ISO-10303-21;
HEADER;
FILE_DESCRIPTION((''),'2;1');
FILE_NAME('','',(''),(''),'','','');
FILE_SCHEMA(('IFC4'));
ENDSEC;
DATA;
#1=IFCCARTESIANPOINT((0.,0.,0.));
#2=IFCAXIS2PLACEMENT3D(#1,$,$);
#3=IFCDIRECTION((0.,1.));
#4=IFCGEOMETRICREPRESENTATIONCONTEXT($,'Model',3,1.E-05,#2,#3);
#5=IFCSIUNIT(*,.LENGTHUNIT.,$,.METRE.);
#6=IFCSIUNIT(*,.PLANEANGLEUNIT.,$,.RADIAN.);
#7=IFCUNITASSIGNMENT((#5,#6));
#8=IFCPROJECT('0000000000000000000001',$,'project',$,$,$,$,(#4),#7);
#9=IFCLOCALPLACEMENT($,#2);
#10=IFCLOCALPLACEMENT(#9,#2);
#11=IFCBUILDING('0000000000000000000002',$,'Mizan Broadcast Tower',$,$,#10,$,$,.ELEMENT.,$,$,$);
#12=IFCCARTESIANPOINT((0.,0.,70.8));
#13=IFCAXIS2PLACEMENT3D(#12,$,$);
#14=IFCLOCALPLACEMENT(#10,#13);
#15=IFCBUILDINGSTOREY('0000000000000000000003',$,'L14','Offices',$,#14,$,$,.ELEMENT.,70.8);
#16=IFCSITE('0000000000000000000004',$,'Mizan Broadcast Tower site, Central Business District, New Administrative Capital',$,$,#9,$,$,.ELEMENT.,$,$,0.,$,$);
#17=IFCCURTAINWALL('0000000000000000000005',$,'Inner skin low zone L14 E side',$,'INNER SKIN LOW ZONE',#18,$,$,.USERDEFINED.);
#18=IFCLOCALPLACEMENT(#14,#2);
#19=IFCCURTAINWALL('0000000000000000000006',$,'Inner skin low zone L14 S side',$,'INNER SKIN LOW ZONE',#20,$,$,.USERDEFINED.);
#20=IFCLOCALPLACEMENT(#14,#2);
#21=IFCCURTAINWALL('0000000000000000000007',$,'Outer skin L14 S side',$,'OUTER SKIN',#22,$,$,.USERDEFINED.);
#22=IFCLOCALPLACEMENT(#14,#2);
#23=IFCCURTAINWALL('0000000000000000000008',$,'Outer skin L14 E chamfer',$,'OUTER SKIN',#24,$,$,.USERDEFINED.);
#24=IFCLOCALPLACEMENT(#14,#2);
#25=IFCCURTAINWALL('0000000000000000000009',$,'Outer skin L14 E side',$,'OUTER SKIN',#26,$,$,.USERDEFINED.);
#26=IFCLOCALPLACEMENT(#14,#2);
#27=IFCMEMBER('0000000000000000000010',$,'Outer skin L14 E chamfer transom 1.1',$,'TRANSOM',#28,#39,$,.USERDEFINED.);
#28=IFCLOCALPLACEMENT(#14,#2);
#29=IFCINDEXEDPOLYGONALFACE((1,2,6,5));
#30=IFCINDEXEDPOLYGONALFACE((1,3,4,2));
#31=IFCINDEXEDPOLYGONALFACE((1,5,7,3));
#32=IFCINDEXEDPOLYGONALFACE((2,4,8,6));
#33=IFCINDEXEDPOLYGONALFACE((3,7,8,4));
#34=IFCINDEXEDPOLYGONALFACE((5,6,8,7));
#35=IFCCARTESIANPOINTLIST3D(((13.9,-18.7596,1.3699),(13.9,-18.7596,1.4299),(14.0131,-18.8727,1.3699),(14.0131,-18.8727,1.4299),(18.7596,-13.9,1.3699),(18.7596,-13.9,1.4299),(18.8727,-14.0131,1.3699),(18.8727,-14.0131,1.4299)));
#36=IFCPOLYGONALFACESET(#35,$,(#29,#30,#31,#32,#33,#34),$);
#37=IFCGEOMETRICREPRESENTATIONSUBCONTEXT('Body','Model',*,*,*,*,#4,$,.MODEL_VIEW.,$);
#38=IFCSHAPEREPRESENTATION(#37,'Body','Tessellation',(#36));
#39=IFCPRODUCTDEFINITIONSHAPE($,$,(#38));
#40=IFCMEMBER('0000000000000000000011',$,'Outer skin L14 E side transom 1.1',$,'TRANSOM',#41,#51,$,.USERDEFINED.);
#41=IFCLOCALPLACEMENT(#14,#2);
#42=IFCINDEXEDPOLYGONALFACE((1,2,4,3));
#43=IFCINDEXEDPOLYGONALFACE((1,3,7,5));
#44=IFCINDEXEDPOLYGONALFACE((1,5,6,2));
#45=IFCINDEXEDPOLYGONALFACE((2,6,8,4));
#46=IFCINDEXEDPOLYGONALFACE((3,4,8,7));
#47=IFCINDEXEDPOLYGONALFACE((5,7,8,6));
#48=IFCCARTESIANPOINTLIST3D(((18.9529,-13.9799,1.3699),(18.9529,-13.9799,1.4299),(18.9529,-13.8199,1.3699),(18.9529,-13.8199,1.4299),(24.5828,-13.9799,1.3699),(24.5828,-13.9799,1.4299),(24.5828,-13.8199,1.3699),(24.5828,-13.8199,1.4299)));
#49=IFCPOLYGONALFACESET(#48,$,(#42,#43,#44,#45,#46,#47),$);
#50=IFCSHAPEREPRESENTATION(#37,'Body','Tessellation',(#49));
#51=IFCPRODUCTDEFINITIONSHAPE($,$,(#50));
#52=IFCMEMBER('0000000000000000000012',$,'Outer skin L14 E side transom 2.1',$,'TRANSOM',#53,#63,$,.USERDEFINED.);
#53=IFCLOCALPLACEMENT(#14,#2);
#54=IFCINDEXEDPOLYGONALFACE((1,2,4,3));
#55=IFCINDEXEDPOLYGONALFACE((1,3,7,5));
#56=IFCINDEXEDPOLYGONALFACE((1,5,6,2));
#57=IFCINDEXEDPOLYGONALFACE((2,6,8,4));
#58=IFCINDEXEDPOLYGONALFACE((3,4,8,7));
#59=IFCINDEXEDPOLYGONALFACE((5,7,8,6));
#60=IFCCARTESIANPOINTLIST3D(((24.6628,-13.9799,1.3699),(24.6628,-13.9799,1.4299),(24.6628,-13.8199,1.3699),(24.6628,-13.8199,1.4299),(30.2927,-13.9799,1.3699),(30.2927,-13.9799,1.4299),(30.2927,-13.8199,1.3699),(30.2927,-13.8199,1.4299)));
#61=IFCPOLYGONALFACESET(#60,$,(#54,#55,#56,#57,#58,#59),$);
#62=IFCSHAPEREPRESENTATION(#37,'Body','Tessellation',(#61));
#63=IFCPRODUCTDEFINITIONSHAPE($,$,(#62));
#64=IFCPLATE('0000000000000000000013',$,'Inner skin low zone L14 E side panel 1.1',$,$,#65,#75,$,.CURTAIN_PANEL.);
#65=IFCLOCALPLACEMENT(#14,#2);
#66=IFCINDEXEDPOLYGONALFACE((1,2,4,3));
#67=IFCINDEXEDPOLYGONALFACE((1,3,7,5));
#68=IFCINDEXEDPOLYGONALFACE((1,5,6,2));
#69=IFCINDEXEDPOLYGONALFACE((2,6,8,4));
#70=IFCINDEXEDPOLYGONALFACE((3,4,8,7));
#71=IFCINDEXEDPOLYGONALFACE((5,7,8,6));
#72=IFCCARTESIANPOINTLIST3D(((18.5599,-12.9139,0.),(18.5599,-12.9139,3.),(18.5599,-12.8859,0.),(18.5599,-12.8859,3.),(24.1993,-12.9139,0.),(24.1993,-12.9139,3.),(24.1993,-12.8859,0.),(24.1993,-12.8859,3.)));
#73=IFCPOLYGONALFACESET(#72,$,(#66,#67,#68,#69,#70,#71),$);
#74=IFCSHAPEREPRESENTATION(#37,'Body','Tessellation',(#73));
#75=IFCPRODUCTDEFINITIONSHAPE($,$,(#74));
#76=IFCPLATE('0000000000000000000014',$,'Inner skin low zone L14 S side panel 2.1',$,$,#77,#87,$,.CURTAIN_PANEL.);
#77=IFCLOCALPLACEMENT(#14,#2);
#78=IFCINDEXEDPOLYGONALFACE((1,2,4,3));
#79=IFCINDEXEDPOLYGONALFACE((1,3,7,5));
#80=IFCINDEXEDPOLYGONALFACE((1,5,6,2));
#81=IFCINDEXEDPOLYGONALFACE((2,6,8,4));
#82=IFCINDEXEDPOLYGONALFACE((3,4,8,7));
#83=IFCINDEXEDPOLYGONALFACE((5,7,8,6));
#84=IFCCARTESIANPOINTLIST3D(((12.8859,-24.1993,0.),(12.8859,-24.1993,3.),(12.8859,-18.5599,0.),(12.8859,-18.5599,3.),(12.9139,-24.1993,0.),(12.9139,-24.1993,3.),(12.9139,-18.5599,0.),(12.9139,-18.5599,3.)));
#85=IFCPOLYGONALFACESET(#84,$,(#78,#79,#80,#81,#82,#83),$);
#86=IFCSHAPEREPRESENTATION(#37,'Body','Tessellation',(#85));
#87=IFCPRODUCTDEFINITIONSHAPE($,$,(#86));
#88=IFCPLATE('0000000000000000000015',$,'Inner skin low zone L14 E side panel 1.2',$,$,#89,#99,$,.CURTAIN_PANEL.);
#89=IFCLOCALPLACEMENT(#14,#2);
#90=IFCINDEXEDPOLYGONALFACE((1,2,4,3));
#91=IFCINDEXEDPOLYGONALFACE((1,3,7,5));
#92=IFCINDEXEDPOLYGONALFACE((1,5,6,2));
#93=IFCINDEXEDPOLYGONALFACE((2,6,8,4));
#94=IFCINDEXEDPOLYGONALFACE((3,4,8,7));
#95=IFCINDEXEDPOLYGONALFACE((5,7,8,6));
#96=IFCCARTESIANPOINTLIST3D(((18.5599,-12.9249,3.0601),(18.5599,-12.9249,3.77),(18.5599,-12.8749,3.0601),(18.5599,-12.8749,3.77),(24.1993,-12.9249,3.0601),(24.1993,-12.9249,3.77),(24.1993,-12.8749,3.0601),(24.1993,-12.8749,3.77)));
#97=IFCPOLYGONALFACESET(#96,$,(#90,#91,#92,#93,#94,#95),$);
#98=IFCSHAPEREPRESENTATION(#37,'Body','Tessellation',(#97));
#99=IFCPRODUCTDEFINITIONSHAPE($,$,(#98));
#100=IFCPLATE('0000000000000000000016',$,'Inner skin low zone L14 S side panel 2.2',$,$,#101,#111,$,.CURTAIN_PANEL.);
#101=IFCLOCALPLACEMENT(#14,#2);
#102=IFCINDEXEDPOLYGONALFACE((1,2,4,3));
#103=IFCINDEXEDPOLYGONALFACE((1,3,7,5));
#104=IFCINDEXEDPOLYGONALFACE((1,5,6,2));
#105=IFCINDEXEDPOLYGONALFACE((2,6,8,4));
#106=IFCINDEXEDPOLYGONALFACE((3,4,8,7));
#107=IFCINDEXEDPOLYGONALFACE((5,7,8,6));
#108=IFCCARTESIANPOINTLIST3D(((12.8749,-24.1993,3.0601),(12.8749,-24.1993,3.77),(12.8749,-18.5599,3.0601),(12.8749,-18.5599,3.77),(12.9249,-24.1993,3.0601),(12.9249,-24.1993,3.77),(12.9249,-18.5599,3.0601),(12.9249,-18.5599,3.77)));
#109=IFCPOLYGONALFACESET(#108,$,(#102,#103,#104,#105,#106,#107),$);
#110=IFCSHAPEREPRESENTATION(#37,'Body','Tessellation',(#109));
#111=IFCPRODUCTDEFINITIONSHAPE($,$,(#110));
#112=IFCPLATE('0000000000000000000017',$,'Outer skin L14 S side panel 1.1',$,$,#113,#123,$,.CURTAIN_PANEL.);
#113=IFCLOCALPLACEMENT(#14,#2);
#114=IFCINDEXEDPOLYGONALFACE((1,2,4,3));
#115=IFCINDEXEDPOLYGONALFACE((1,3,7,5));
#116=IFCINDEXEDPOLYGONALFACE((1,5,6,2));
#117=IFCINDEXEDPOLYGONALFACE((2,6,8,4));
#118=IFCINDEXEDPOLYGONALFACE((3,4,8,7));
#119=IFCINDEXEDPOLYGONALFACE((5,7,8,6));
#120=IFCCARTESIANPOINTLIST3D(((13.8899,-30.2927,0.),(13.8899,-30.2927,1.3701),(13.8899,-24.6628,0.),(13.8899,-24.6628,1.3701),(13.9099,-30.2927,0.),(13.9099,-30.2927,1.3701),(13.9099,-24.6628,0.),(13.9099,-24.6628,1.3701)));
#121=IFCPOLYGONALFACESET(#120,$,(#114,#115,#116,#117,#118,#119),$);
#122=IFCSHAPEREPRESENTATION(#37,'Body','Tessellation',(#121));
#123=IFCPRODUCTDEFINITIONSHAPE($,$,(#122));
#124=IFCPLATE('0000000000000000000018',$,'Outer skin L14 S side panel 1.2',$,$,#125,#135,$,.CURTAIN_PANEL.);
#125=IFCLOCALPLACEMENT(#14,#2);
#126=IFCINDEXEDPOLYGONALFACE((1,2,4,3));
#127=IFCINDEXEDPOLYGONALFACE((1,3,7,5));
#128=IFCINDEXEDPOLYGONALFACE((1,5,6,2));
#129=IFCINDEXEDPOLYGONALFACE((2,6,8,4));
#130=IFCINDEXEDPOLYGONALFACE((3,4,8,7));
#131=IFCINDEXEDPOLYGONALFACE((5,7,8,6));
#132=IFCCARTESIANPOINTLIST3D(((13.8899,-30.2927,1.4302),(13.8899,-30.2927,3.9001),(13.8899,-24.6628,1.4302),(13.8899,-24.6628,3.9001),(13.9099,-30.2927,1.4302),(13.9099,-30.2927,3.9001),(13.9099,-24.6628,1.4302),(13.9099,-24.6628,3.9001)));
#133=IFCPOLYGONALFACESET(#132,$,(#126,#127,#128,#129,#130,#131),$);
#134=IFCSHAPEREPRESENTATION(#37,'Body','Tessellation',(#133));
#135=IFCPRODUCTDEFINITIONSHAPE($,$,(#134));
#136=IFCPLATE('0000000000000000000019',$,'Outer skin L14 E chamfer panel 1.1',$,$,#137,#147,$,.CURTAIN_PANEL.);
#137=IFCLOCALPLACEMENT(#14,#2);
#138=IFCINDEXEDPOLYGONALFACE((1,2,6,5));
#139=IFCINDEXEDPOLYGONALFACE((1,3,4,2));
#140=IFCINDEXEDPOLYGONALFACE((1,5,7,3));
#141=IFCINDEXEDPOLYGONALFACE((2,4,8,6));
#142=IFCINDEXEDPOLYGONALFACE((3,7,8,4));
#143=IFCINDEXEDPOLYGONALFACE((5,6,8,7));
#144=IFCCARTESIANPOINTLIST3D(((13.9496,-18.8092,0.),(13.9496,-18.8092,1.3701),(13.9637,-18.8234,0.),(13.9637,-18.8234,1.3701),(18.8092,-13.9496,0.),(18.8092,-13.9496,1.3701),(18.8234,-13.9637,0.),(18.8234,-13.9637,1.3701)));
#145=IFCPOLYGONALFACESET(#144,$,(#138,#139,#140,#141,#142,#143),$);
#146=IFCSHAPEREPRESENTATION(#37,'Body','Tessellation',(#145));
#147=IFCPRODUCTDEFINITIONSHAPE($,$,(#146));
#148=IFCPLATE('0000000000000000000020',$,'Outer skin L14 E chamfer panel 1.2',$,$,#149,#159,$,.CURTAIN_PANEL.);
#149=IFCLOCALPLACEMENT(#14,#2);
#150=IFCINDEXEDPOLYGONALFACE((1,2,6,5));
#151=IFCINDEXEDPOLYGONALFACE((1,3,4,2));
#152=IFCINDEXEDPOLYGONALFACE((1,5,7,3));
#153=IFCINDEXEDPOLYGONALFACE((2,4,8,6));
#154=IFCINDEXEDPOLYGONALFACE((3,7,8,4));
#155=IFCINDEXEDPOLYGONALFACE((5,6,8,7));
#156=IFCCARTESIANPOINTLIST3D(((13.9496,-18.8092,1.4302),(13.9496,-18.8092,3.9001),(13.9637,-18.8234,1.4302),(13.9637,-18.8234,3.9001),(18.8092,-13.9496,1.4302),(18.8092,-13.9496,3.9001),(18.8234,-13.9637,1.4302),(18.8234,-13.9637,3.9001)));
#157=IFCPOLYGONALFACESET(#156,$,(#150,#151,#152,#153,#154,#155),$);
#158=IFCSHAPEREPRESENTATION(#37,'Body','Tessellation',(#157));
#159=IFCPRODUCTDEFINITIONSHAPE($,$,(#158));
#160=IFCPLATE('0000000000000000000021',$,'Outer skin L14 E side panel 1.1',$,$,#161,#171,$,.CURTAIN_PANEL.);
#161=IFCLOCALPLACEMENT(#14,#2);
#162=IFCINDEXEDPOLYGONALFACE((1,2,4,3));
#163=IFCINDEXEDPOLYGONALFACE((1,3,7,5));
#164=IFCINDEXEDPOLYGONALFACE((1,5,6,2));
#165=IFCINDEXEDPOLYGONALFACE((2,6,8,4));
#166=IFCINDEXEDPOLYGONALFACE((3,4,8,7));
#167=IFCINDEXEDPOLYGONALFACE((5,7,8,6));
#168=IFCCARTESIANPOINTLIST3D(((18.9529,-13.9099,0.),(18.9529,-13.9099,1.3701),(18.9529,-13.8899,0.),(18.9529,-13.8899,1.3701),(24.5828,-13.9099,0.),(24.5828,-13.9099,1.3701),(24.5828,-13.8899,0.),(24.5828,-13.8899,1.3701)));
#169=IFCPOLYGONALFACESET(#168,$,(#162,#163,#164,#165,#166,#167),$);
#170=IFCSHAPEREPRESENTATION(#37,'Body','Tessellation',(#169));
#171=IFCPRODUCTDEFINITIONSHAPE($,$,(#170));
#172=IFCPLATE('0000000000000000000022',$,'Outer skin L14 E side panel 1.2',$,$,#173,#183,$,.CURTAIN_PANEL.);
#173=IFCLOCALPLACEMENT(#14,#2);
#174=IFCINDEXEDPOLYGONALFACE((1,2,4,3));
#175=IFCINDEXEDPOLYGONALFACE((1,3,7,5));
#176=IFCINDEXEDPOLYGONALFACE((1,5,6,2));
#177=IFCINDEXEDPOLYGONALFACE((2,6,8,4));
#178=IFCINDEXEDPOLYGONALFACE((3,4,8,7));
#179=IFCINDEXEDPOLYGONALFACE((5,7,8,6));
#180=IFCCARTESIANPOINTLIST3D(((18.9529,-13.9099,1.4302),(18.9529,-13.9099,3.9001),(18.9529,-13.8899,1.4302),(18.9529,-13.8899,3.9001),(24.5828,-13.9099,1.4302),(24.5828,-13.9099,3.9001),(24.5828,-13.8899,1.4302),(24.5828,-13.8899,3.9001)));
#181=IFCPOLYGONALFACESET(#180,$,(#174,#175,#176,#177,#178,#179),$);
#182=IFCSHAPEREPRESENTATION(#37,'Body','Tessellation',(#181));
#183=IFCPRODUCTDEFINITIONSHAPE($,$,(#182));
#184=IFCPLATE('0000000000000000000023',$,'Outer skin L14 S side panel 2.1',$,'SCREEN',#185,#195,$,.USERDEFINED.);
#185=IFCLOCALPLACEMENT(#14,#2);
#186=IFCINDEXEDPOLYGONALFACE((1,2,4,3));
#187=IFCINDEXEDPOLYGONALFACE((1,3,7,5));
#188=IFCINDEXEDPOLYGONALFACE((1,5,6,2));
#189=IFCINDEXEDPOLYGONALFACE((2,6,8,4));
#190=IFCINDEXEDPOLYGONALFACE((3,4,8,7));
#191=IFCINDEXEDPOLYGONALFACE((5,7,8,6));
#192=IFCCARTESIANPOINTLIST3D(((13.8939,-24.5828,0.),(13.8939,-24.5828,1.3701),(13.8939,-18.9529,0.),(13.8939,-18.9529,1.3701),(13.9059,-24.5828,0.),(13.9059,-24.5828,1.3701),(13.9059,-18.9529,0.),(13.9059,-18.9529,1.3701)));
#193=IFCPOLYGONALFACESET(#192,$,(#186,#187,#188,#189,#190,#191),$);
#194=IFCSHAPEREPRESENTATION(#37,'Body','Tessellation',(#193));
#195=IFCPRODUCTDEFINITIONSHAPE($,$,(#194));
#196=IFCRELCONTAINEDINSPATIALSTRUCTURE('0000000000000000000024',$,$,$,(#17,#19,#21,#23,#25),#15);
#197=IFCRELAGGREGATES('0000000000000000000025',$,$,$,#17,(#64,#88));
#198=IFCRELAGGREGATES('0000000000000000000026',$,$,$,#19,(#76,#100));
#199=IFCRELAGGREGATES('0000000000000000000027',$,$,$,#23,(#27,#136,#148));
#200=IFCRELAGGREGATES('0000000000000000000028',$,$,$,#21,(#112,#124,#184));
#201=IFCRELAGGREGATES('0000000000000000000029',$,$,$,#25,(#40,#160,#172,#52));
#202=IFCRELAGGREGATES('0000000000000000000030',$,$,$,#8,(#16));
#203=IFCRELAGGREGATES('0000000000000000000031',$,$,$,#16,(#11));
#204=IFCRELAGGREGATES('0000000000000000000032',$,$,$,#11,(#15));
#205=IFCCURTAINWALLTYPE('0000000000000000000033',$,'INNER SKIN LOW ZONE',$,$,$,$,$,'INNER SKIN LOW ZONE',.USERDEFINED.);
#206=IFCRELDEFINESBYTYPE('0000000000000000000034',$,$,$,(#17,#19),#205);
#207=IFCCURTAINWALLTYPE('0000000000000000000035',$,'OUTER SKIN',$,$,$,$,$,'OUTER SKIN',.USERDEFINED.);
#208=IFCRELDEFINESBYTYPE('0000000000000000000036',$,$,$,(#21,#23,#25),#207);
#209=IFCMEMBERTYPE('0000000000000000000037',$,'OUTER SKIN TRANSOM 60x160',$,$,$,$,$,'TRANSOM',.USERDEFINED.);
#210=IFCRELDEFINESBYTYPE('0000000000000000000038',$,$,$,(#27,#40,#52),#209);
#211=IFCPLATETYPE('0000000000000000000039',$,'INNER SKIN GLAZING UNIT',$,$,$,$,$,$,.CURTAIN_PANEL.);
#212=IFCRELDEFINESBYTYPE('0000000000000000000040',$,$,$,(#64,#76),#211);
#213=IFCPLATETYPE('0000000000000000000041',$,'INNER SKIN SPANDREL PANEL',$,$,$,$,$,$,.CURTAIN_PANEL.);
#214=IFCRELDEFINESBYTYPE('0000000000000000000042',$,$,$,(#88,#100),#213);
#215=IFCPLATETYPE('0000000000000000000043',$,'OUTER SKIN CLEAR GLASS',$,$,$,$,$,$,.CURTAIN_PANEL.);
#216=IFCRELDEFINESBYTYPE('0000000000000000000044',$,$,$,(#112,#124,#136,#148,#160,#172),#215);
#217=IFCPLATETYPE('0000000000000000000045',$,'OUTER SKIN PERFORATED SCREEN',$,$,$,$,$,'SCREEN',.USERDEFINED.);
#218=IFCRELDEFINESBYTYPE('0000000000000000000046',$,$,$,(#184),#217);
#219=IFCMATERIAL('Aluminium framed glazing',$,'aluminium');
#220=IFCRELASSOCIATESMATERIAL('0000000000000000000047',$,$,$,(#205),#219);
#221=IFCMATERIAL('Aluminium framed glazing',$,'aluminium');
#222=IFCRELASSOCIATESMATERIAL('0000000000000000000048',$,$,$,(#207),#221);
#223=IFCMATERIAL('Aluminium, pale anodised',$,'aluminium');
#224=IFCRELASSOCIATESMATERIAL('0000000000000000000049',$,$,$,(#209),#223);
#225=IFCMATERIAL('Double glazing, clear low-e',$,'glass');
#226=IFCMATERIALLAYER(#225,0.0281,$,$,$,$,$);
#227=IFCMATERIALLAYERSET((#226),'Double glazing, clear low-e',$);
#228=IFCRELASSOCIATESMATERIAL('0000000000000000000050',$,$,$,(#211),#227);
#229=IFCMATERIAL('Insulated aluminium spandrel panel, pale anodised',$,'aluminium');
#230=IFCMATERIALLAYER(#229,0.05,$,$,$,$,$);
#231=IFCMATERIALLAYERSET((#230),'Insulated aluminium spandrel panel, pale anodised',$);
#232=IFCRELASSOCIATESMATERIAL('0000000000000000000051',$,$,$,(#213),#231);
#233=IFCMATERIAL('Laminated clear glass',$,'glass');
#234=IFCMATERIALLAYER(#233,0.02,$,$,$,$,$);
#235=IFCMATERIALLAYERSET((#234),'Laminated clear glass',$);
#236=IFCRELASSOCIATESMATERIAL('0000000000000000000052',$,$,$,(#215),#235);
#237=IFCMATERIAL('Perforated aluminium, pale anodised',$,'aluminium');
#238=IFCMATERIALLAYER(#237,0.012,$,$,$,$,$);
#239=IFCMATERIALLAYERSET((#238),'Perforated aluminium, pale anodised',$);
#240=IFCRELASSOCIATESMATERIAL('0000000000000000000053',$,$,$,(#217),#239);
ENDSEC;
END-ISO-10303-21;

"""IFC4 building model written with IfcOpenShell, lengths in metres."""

from ifc_helpers import new_model, si_unit, direction, frame, origin, origin_2d, place, context, subcontext, project, spatial, rectangle, extrude, material, layer, layer_set, material_profile, profile_set, type_object, element, aggregate, save


model = new_model("IFC4")

# Units and contexts
model_context = context("Model", 3, precision=1e-05, world=origin(), true_north=direction((0.0, 1.0)))
body_context = subcontext(model_context, "Body", "Model", "MODEL_VIEW")
ifc_project = project(units=[si_unit("LENGTHUNIT", "METRE"), si_unit("PLANEANGLEUNIT", "RADIAN")], contexts=[model_context])

# Site, building, storey
site_placement = place(None, origin())
site = spatial("IfcSite", under=ifc_project, at=site_placement, Name="Mizan Broadcast Tower site, Central Business District, New Administrative Capital", CompositionType="ELEMENT", RefElevation=0.0)
building_placement = place(site_placement, origin())
building = spatial("IfcBuilding", under=site, at=building_placement, Name="Mizan Broadcast Tower", CompositionType="ELEMENT")
storey_placement = place(building_placement, frame((0.0, 0.0, 70.8)))
storey = spatial("IfcBuildingStorey", under=building, at=storey_placement, Name="L14", Description="Offices", CompositionType="ELEMENT", Elevation=70.8)

# Curtain walls
ifc_material_1 = material(Name="Aluminium framed glazing", Category="aluminium")
curtain_wall_type_1 = type_object("IfcCurtainWallType", Name="INNER SKIN LOW ZONE", ElementType="INNER SKIN LOW ZONE", PredefinedType="USERDEFINED", material=ifc_material_1)
curtain_wall_1_placement = place(storey_placement, origin())
curtain_wall_1 = element("IfcCurtainWall", 1, at=curtain_wall_1_placement, inside=storey, type_object=curtain_wall_type_1, Name="Inner skin low zone L14 E side", ObjectType="INNER SKIN LOW ZONE", PredefinedType="USERDEFINED")
curtain_wall_2_placement = place(storey_placement, origin())
curtain_wall_2 = element("IfcCurtainWall", 2, at=curtain_wall_2_placement, inside=storey, type_object=curtain_wall_type_1, Name="Inner skin low zone L14 S side", ObjectType="INNER SKIN LOW ZONE", PredefinedType="USERDEFINED")

# Shared definitions
ifc_material_2 = material(Name="Aluminium framed glazing", Category="aluminium")
curtain_wall_type_2 = type_object("IfcCurtainWallType", Name="OUTER SKIN", ElementType="OUTER SKIN", PredefinedType="USERDEFINED", material=ifc_material_2)

# Curtain wall
curtain_wall_3_placement = place(storey_placement, origin())
curtain_wall_3 = element("IfcCurtainWall", 3, at=curtain_wall_3_placement, inside=storey, type_object=curtain_wall_type_2, Name="Outer skin L14 S side", ObjectType="OUTER SKIN", PredefinedType="USERDEFINED")

# Curtain wall
curtain_wall_4_placement = place(storey_placement, origin())
curtain_wall_4 = element("IfcCurtainWall", 4, at=curtain_wall_4_placement, inside=storey, type_object=curtain_wall_type_2, Name="Outer skin L14 E chamfer", ObjectType="OUTER SKIN", PredefinedType="USERDEFINED")

# Curtain wall
curtain_wall_5_placement = place(storey_placement, origin())
curtain_wall_5 = element("IfcCurtainWall", 5, at=curtain_wall_5_placement, inside=storey, type_object=curtain_wall_type_2, Name="Outer skin L14 E side", ObjectType="OUTER SKIN", PredefinedType="USERDEFINED")

# Shared definitions
ifc_material_3 = material(Name="Aluminium, pale anodised", Category="aluminium")
ifc_material_profile_1 = material_profile(ifc_material_3, rectangle(XDim=0.1599, YDim=0.0601, at=origin_2d()), Name="TRANSOM 160x60")
ifc_profile_set_1 = profile_set([ifc_material_profile_1], Name="Aluminium, pale anodised")
member_type_1 = type_object("IfcMemberType", Name="OUTER SKIN TRANSOM 60x160", ElementType="TRANSOM", PredefinedType="USERDEFINED", material=ifc_profile_set_1)

# Members
member_1_placement = place(storey_placement, frame((13.9565, -18.8162, 1.3999), z_axis=(0.707107, 0.707107, 0.0), x_axis=(-0.707107, 0.707107, 0.0)))
member_1 = element("IfcMember", 6, at=member_1_placement, type_object=member_type_1, Name="Outer skin L14 E chamfer transom 1.1", ObjectType="TRANSOM", PredefinedType="USERDEFINED", context=body_context, shape_type="SweptSolid", body=[
    extrude(rectangle(XDim=0.1599, YDim=0.0601, at=origin_2d()), origin(), (0.0, 0.0, 1.0), 6.8726),
])
member_2_placement = place(storey_placement, frame((18.9529, -13.8999, 1.3999), z_axis=(1.0, 0.0, 0.0), x_axis=(0.0, 1.0, 0.0)))
member_2 = element("IfcMember", 7, at=member_2_placement, type_object=member_type_1, Name="Outer skin L14 E side transom 1.1", ObjectType="TRANSOM", PredefinedType="USERDEFINED", context=body_context, shape_type="SweptSolid", body=[
    extrude(rectangle(XDim=0.1599, YDim=0.0601, at=origin_2d()), origin(), (0.0, 0.0, 1.0), 5.6299),
])
member_3_placement = place(storey_placement, frame((24.6628, -13.8999, 1.3999), z_axis=(1.0, 0.0, 0.0), x_axis=(0.0, 1.0, 0.0)))
member_3 = element("IfcMember", 8, at=member_3_placement, type_object=member_type_1, Name="Outer skin L14 E side transom 2.1", ObjectType="TRANSOM", PredefinedType="USERDEFINED", context=body_context, shape_type="SweptSolid", body=[
    extrude(rectangle(XDim=0.1599, YDim=0.0601, at=origin_2d()), origin(), (0.0, 0.0, 1.0), 5.6299),
])

# Plates
ifc_material_4 = material(Name="Double glazing, clear low-e", Category="glass")
ifc_layer_1 = layer(ifc_material_4, 0.0281)
ifc_layer_set_1 = layer_set([ifc_layer_1], Name="Double glazing, clear low-e")
plate_type_1 = type_object("IfcPlateType", Name="INNER SKIN GLAZING UNIT", PredefinedType="CURTAIN_PANEL", material=ifc_layer_set_1)
plate_1_placement = place(storey_placement, frame((21.3796, -12.8999, 0.0), z_axis=(0.0, 0.0, 1.0), x_axis=(1.0, 0.0, 0.0)))
plate_1 = element("IfcPlate", 9, at=plate_1_placement, type_object=plate_type_1, Name="Inner skin low zone L14 E side panel 1.1", PredefinedType="CURTAIN_PANEL", context=body_context, shape_type="SweptSolid", body=[
    extrude(rectangle(XDim=5.6394, YDim=0.0281, at=origin_2d()), origin(), (0.0, 0.0, 1.0), 3.0),
])
plate_2_placement = place(storey_placement, frame((12.8999, -21.3796, 0.0), z_axis=(0.0, 0.0, 1.0), x_axis=(0.0, 1.0, 0.0)))
plate_2 = element("IfcPlate", 10, at=plate_2_placement, type_object=plate_type_1, Name="Inner skin low zone L14 S side panel 2.1", PredefinedType="CURTAIN_PANEL", context=body_context, shape_type="SweptSolid", body=[
    extrude(rectangle(XDim=5.6394, YDim=0.0281, at=origin_2d()), origin(), (0.0, 0.0, 1.0), 3.0),
])
ifc_material_5 = material(Name="Insulated aluminium spandrel panel, pale anodised", Category="aluminium")
ifc_layer_2 = layer(ifc_material_5, 0.05)
ifc_layer_set_2 = layer_set([ifc_layer_2], Name="Insulated aluminium spandrel panel, pale anodised")
plate_type_2 = type_object("IfcPlateType", Name="INNER SKIN SPANDREL PANEL", PredefinedType="CURTAIN_PANEL", material=ifc_layer_set_2)
plate_3_placement = place(storey_placement, frame((21.3796, -12.8999, 3.0601), z_axis=(0.0, 0.0, 1.0), x_axis=(1.0, 0.0, 0.0)))
plate_3 = element("IfcPlate", 11, at=plate_3_placement, type_object=plate_type_2, Name="Inner skin low zone L14 E side panel 1.2", PredefinedType="CURTAIN_PANEL", context=body_context, shape_type="SweptSolid", body=[
    extrude(rectangle(XDim=5.6394, YDim=0.05, at=origin_2d()), origin(), (0.0, 0.0, 1.0), 0.71),
])
aggregate(curtain_wall_1, [plate_1, plate_3])
plate_4_placement = place(storey_placement, frame((12.8999, -21.3796, 3.0601), z_axis=(0.0, 0.0, 1.0), x_axis=(0.0, 1.0, 0.0)))
plate_4 = element("IfcPlate", 12, at=plate_4_placement, type_object=plate_type_2, Name="Inner skin low zone L14 S side panel 2.2", PredefinedType="CURTAIN_PANEL", context=body_context, shape_type="SweptSolid", body=[
    extrude(rectangle(XDim=5.6394, YDim=0.05, at=origin_2d()), origin(), (0.0, 0.0, 1.0), 0.71),
])
aggregate(curtain_wall_2, [plate_2, plate_4])
ifc_material_6 = material(Name="Laminated clear glass", Category="glass")
ifc_layer_3 = layer(ifc_material_6, 0.02)
ifc_layer_set_3 = layer_set([ifc_layer_3], Name="Laminated clear glass")
plate_type_3 = type_object("IfcPlateType", Name="OUTER SKIN CLEAR GLASS", PredefinedType="CURTAIN_PANEL", material=ifc_layer_set_3)
plate_5_placement = place(storey_placement, frame((13.8999, -27.4778, 0.0), z_axis=(0.0, 0.0, 1.0), x_axis=(0.0, 1.0, 0.0)))
plate_5 = element("IfcPlate", 13, at=plate_5_placement, type_object=plate_type_3, Name="Outer skin L14 S side panel 1.1", PredefinedType="CURTAIN_PANEL", context=body_context, shape_type="SweptSolid", body=[
    extrude(rectangle(XDim=5.6299, YDim=0.02, at=origin_2d()), origin(), (0.0, 0.0, 1.0), 1.3701),
])
plate_6_placement = place(storey_placement, frame((13.8999, -27.4778, 1.4302), z_axis=(0.0, 0.0, 1.0), x_axis=(0.0, 1.0, 0.0)))
plate_6 = element("IfcPlate", 14, at=plate_6_placement, type_object=plate_type_3, Name="Outer skin L14 S side panel 1.2", PredefinedType="CURTAIN_PANEL", context=body_context, shape_type="SweptSolid", body=[
    extrude(rectangle(XDim=5.6299, YDim=0.02, at=origin_2d()), origin(), (0.0, 0.0, 1.0), 2.47),
])
plate_7_placement = place(storey_placement, frame((16.3865, -16.3865, 0.0), z_axis=(0.0, 0.0, 1.0), x_axis=(0.707107, 0.707107, 0.0)))
plate_7 = element("IfcPlate", 15, at=plate_7_placement, type_object=plate_type_3, Name="Outer skin L14 E chamfer panel 1.1", PredefinedType="CURTAIN_PANEL", context=body_context, shape_type="SweptSolid", body=[
    extrude(rectangle(XDim=6.8726, YDim=0.02, at=origin_2d()), origin(), (0.0, 0.0, 1.0), 1.3701),
])
plate_8_placement = place(storey_placement, frame((16.3865, -16.3865, 1.4302), z_axis=(0.0, 0.0, 1.0), x_axis=(0.707107, 0.707107, 0.0)))
plate_8 = element("IfcPlate", 16, at=plate_8_placement, type_object=plate_type_3, Name="Outer skin L14 E chamfer panel 1.2", PredefinedType="CURTAIN_PANEL", context=body_context, shape_type="SweptSolid", body=[
    extrude(rectangle(XDim=6.8726, YDim=0.02, at=origin_2d()), origin(), (0.0, 0.0, 1.0), 2.47),
])
aggregate(curtain_wall_4, [member_1, plate_7, plate_8])
plate_9_placement = place(storey_placement, frame((21.7678, -13.8999, 0.0), z_axis=(0.0, 0.0, 1.0), x_axis=(1.0, 0.0, 0.0)))
plate_9 = element("IfcPlate", 17, at=plate_9_placement, type_object=plate_type_3, Name="Outer skin L14 E side panel 1.1", PredefinedType="CURTAIN_PANEL", context=body_context, shape_type="SweptSolid", body=[
    extrude(rectangle(XDim=5.6299, YDim=0.02, at=origin_2d()), origin(), (0.0, 0.0, 1.0), 1.3701),
])
plate_10_placement = place(storey_placement, frame((21.7678, -13.8999, 1.4302), z_axis=(0.0, 0.0, 1.0), x_axis=(1.0, 0.0, 0.0)))
plate_10 = element("IfcPlate", 18, at=plate_10_placement, type_object=plate_type_3, Name="Outer skin L14 E side panel 1.2", PredefinedType="CURTAIN_PANEL", context=body_context, shape_type="SweptSolid", body=[
    extrude(rectangle(XDim=5.6299, YDim=0.02, at=origin_2d()), origin(), (0.0, 0.0, 1.0), 2.47),
])
ifc_material_7 = material(Name="Perforated aluminium, pale anodised", Category="aluminium")
ifc_layer_4 = layer(ifc_material_7, 0.012)
ifc_layer_set_4 = layer_set([ifc_layer_4], Name="Perforated aluminium, pale anodised")
plate_type_4 = type_object("IfcPlateType", Name="OUTER SKIN PERFORATED SCREEN", ElementType="SCREEN", PredefinedType="USERDEFINED", material=ifc_layer_set_4)
plate_11_placement = place(storey_placement, frame((13.8999, -21.7678, 0.0), z_axis=(0.0, 0.0, 1.0), x_axis=(0.0, 1.0, 0.0)))
plate_11 = element("IfcPlate", 19, at=plate_11_placement, type_object=plate_type_4, Name="Outer skin L14 S side panel 2.1", ObjectType="SCREEN", PredefinedType="USERDEFINED", context=body_context, shape_type="SweptSolid", body=[
    extrude(rectangle(XDim=5.6299, YDim=0.012, at=origin_2d()), origin(), (0.0, 0.0, 1.0), 1.3701),
])
aggregate(curtain_wall_3, [plate_5, plate_6, plate_11])
aggregate(curtain_wall_5, [member_2, plate_9, plate_10, member_3])

save(model, "model.ifc")
